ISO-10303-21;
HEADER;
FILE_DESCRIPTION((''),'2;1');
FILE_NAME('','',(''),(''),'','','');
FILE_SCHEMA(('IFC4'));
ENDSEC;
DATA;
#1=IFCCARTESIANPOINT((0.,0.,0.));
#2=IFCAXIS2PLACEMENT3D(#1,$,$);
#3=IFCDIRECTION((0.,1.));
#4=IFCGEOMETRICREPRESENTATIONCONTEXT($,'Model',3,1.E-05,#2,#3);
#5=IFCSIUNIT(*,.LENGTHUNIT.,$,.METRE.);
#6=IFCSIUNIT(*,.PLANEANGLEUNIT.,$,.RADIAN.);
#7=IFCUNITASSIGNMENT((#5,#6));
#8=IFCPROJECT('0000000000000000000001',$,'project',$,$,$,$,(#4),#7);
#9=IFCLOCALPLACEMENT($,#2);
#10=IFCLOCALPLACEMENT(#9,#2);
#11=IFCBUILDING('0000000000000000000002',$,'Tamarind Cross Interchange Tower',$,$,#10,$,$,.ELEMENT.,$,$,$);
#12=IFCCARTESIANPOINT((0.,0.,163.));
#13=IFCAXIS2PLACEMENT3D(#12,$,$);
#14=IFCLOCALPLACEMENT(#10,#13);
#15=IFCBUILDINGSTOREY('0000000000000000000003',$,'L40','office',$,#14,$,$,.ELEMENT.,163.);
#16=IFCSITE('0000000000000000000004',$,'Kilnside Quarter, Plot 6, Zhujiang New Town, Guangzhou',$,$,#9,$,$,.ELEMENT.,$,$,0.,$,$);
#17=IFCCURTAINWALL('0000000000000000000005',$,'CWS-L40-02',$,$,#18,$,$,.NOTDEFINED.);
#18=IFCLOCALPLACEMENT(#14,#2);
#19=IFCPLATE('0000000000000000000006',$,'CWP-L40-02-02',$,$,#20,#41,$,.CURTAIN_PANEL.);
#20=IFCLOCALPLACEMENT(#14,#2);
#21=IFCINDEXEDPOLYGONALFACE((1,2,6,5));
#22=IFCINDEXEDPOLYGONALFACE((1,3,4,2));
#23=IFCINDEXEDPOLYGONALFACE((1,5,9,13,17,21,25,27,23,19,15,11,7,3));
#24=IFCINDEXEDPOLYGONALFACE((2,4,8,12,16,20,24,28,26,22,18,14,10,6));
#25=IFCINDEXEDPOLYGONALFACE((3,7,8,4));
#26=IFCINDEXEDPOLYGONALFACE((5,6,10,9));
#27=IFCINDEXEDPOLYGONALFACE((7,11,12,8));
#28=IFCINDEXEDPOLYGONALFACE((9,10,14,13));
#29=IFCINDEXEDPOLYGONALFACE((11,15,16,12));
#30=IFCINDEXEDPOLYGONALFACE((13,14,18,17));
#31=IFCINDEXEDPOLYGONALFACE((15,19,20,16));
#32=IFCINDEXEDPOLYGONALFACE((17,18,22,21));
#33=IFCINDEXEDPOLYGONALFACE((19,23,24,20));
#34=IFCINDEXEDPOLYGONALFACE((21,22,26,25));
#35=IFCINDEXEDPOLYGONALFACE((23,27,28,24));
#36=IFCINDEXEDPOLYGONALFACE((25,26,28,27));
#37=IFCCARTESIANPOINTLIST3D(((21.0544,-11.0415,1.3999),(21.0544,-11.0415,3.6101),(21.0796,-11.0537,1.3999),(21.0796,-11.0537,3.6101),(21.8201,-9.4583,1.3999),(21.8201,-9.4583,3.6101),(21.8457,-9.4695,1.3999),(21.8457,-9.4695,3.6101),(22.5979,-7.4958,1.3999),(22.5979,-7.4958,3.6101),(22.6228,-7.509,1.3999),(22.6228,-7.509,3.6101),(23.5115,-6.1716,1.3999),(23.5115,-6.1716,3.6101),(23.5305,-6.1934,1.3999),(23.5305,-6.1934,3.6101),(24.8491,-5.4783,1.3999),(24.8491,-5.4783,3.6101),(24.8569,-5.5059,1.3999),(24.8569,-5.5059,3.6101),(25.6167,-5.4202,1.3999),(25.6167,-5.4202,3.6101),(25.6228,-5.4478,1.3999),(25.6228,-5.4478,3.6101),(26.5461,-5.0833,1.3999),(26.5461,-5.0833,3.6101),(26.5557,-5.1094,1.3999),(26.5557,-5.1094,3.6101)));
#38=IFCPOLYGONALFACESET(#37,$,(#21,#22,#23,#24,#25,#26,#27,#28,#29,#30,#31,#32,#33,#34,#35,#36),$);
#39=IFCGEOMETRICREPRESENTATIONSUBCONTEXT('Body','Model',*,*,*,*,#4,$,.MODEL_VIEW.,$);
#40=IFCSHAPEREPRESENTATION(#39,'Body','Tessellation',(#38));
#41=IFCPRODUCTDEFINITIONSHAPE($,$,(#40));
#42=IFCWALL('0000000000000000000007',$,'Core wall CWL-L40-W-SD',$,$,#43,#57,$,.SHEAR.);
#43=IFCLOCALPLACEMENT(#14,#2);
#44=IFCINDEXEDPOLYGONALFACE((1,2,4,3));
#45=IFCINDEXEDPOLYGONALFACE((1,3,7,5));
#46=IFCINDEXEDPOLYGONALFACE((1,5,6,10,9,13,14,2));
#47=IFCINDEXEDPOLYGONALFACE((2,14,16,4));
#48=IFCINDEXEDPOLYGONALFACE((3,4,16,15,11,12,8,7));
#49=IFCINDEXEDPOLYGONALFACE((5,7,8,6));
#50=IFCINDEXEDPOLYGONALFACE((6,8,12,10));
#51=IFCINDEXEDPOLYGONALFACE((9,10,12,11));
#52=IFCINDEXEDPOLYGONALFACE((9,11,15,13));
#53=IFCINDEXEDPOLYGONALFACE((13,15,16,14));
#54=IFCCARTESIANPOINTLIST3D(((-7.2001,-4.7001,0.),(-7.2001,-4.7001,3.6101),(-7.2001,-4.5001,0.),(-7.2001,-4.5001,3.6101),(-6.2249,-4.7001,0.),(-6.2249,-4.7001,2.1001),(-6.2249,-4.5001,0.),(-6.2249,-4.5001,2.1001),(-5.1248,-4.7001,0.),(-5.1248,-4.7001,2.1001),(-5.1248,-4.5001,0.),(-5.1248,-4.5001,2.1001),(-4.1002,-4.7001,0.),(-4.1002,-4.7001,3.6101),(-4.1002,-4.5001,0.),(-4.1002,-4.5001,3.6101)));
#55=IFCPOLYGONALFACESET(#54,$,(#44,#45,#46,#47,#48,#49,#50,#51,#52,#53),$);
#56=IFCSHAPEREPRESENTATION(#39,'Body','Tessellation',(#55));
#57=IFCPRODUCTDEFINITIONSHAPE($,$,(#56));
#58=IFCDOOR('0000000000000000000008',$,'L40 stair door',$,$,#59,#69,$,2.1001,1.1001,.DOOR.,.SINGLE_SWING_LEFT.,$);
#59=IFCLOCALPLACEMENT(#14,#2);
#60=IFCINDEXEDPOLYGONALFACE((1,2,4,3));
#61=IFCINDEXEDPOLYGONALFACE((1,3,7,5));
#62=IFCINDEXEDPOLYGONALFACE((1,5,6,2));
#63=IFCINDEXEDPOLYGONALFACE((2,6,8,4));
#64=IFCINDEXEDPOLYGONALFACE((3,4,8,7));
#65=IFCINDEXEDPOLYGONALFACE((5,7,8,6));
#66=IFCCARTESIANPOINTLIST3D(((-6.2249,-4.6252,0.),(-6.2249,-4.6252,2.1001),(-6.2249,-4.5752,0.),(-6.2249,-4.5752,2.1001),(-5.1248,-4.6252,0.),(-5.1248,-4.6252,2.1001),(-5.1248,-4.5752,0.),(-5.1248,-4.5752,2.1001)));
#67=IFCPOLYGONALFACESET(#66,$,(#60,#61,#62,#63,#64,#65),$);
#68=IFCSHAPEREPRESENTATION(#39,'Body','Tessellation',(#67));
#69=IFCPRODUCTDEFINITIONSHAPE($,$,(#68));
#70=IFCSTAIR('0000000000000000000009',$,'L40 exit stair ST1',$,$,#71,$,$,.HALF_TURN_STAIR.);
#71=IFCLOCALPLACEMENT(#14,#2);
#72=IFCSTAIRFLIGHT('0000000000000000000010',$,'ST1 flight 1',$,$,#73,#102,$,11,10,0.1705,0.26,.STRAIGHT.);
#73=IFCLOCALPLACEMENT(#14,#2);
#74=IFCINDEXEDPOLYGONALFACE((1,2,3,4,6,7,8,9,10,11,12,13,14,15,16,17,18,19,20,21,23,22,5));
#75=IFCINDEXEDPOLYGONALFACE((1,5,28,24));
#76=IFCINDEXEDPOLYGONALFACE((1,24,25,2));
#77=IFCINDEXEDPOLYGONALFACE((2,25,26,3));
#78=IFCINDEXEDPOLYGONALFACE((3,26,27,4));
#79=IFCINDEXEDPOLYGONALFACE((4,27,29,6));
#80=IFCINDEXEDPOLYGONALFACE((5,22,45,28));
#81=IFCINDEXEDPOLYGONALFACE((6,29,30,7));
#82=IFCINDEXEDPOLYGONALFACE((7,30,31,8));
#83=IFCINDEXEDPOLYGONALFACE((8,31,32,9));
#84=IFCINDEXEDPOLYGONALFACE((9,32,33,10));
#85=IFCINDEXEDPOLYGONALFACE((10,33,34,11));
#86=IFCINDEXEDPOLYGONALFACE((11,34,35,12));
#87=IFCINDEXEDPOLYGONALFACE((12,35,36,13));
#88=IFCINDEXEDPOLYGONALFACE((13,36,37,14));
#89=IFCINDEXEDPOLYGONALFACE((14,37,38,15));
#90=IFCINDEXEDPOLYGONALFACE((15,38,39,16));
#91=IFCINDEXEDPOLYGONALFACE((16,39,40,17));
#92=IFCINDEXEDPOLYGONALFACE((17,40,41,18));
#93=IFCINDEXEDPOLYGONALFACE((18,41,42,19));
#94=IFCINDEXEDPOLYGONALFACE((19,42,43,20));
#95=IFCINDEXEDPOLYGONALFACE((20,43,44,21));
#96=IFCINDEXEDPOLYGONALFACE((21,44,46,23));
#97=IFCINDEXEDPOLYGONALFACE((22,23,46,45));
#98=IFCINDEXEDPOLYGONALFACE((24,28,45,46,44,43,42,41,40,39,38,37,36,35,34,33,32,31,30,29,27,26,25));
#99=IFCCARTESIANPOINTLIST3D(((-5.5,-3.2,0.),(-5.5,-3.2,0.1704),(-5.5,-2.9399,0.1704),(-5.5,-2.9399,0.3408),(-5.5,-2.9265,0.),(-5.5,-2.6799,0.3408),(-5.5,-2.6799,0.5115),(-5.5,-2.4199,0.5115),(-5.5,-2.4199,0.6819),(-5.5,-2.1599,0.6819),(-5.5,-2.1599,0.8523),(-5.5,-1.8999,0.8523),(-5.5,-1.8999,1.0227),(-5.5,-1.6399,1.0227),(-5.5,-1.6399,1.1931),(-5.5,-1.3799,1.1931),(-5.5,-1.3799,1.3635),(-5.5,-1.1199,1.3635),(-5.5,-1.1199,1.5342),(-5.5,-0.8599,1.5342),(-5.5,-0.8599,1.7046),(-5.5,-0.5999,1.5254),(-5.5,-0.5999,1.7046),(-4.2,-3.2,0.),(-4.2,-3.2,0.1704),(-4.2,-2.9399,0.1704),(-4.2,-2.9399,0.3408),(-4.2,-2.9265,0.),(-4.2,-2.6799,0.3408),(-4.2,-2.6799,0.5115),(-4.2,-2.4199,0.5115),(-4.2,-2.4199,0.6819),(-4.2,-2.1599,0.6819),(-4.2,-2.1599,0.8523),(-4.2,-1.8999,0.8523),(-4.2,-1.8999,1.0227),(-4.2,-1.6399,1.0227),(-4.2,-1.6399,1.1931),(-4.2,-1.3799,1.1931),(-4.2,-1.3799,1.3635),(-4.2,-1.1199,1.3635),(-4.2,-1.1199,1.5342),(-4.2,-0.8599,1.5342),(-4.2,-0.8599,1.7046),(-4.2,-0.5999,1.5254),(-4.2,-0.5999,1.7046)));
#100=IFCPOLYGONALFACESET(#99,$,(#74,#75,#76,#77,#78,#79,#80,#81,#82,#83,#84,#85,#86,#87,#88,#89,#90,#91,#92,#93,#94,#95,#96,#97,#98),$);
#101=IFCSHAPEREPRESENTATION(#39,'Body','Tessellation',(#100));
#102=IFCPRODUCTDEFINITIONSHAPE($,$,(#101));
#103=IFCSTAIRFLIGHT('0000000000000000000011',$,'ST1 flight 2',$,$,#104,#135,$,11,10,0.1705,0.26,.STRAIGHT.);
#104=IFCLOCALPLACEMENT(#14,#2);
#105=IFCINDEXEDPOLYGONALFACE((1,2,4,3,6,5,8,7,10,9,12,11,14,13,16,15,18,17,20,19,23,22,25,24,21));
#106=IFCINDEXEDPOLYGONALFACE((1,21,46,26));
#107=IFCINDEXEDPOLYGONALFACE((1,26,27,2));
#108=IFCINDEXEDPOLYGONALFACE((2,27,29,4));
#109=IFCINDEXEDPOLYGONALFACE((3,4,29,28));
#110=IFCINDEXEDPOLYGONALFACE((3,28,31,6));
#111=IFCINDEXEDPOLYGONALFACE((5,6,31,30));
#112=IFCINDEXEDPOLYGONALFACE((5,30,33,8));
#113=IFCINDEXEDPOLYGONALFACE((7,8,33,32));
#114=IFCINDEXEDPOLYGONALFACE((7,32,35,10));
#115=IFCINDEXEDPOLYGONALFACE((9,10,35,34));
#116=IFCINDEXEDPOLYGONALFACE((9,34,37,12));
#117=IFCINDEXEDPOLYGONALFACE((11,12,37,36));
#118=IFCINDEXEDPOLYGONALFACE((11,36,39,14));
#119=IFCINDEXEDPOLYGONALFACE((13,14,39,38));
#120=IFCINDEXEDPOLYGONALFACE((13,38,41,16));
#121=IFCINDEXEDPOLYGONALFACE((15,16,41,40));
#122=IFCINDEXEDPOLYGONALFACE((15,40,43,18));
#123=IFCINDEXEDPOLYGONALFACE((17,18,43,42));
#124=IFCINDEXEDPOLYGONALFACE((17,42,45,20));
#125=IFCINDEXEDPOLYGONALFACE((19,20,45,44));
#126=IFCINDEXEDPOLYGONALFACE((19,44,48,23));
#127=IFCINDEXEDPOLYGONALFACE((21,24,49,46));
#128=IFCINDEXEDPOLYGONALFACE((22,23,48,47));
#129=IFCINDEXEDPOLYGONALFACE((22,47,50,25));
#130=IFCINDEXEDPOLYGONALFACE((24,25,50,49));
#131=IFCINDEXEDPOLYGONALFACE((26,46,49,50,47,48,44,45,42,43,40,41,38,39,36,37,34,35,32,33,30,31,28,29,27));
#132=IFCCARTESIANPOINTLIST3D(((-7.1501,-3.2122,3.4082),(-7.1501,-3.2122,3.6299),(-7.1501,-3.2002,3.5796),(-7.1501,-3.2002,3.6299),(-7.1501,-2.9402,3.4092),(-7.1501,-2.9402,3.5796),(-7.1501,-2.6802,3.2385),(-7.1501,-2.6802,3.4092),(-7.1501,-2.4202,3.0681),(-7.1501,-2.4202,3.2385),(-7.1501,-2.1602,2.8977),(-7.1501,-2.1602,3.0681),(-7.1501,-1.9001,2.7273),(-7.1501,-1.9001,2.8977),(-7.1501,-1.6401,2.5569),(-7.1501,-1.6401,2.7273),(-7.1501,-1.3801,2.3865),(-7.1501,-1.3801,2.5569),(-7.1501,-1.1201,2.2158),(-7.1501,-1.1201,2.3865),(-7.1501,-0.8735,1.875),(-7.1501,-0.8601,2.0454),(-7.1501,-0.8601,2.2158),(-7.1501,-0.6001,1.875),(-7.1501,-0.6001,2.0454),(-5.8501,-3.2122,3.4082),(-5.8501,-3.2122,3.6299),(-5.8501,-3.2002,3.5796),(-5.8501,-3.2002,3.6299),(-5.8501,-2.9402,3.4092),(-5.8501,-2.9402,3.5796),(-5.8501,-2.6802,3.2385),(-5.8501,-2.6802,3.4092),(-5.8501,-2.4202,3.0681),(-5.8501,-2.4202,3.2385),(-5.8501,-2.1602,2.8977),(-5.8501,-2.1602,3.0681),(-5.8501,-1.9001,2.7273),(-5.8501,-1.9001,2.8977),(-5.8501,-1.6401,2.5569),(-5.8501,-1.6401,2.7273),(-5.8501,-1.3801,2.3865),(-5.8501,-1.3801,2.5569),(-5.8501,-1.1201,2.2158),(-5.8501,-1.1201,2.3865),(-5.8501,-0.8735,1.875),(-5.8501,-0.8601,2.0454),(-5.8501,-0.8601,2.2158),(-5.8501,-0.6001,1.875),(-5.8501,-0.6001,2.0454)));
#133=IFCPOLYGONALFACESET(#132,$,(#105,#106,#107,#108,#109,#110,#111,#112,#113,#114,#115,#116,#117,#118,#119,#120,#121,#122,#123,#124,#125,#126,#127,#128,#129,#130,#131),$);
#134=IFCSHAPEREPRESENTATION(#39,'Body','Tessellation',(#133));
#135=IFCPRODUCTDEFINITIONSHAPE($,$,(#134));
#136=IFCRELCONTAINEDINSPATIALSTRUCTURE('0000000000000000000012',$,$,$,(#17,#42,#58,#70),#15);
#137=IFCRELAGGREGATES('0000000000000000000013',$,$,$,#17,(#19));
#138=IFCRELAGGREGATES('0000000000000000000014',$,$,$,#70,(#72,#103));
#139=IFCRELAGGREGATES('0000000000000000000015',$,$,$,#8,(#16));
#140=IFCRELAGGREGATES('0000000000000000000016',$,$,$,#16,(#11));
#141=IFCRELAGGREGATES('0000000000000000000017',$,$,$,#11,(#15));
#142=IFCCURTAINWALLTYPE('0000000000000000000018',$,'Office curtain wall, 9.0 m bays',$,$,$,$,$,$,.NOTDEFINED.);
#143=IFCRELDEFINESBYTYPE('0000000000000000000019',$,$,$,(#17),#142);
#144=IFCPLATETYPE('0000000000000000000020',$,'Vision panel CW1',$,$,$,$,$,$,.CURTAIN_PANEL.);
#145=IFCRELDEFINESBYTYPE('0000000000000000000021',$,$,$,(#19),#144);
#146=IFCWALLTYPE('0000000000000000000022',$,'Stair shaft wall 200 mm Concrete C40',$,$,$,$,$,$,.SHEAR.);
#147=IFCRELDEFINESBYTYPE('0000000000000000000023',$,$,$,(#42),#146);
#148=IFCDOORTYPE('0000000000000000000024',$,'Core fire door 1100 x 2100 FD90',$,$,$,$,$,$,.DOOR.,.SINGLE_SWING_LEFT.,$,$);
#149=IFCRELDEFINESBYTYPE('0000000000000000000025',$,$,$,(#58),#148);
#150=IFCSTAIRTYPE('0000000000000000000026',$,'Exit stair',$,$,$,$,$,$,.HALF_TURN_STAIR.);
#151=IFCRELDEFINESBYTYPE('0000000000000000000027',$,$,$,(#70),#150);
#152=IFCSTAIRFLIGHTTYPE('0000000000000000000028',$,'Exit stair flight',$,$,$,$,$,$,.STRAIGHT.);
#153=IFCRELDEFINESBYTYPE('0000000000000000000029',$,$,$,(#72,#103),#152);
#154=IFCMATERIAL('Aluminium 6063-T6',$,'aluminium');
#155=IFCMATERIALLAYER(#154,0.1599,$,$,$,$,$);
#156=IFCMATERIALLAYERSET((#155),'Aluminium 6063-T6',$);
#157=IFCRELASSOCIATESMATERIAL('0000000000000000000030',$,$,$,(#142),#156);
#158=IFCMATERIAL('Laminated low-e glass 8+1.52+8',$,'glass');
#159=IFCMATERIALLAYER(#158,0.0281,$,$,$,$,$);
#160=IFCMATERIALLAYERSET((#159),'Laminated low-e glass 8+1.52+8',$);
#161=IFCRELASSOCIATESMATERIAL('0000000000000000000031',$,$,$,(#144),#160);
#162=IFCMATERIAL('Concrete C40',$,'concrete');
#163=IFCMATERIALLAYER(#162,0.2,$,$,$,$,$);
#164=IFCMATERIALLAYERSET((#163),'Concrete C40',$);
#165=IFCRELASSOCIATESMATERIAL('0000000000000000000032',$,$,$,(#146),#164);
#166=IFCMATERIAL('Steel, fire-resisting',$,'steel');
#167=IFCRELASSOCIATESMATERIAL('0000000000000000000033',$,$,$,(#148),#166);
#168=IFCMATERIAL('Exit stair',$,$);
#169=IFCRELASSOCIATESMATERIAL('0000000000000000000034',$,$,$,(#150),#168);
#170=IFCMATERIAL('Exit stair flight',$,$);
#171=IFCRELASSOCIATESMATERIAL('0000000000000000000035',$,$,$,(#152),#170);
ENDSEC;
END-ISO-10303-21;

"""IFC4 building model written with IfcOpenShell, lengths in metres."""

from ifc_helpers import new_model, si_unit, direction, frame, frame_2d, origin, place, context, subcontext, project, spatial, polyline, rectangle, outline, extrude, material, layer, layer_set, type_object, element, fill, aggregate, save


model = new_model("IFC4")

# Units and contexts
model_context = context("Model", 3, precision=1e-05, world=origin(), true_north=direction((0.0, 1.0)))
body_context = subcontext(model_context, "Body", "Model", "MODEL_VIEW")
ifc_project = project(units=[si_unit("LENGTHUNIT", "METRE"), si_unit("PLANEANGLEUNIT", "RADIAN")], contexts=[model_context])

# Site, building, storey
site_placement = place(None, origin())
site = spatial("IfcSite", under=ifc_project, at=site_placement, Name="Kilnside Quarter, Plot 6, Zhujiang New Town, Guangzhou", CompositionType="ELEMENT", RefElevation=0.0)
building_placement = place(site_placement, origin())
building = spatial("IfcBuilding", under=site, at=building_placement, Name="Tamarind Cross Interchange Tower", CompositionType="ELEMENT")
storey_placement = place(building_placement, frame((0.0, 0.0, 163.0)))
storey = spatial("IfcBuildingStorey", under=building, at=storey_placement, Name="L40", Description="office", CompositionType="ELEMENT", Elevation=163.0)

# Curtain wall
ifc_material_1 = material(Name="Aluminium 6063-T6", Category="aluminium")
ifc_layer_1 = layer(ifc_material_1, 0.1599)
ifc_layer_set_1 = layer_set([ifc_layer_1], Name="Aluminium 6063-T6")
curtain_wall_type = type_object("IfcCurtainWallType", Name="Office curtain wall, 9.0 m bays", PredefinedType="NOTDEFINED", material=ifc_layer_set_1)
curtain_wall_1_placement = place(storey_placement, origin())
curtain_wall_1 = element("IfcCurtainWall", 1, at=curtain_wall_1_placement, inside=storey, type_object=curtain_wall_type, Name="CWS-L40-02", PredefinedType="NOTDEFINED")

# Plate
ifc_material_2 = material(Name="Laminated low-e glass 8+1.52+8", Category="glass")
ifc_layer_2 = layer(ifc_material_2, 0.0281)
ifc_layer_set_2 = layer_set([ifc_layer_2], Name="Laminated low-e glass 8+1.52+8")
plate_type = type_object("IfcPlateType", Name="Vision panel CW1", PredefinedType="CURTAIN_PANEL", material=ifc_layer_set_2)
plate_1_placement = place(storey_placement, frame((0.0, 0.0, 1.3999)))
plate_1 = element("IfcPlate", 2, at=plate_1_placement, type_object=plate_type, Name="CWP-L40-02-02", PredefinedType="CURTAIN_PANEL", context=body_context, shape_type="SweptSolid", body=[
    extrude(outline(polyline([(21.0544, -11.0415), (21.8201, -9.4583), (22.5979, -7.4958), (23.5115, -6.1716), (24.8491, -5.4783), (25.6167, -5.4202), (26.5461, -5.0833), (26.5557, -5.1094), (25.6228, -5.4478), (24.8569, -5.5059), (23.5305, -6.1934), (22.6228, -7.509), (21.8457, -9.4695), (21.0796, -11.0537), (21.0544, -11.0415)])), origin(), (0.0, 0.0, 1.0), 2.2102),
])
aggregate(curtain_wall_1, [plate_1])

# Wall, opening, door
ifc_material_3 = material(Name="Concrete C40", Category="concrete")
ifc_layer_3 = layer(ifc_material_3, 0.2)
ifc_layer_set_3 = layer_set([ifc_layer_3], Name="Concrete C40")
wall_type = type_object("IfcWallType", Name="Stair shaft wall 200 mm Concrete C40", PredefinedType="SHEAR", material=ifc_layer_set_3)
wall_placement = place(storey_placement, frame((-7.2, -4.6001, 0.0), z_axis=(0.0, 0.0, 1.0), x_axis=(1.0, 0.0, 0.0)))
wall = element("IfcWall", 3, at=wall_placement, inside=storey, type_object=wall_type, Name="Core wall CWL-L40-W-SD", PredefinedType="SHEAR", context=body_context, shape_type="SweptSolid", body=[
    extrude(rectangle(XDim=3.0999, YDim=0.2, at=frame_2d((1.5498, 0.0))), origin(), (0.0, 0.0, 1.0), 3.6101),
])
opening_placement = place(wall_placement, frame((0.9751, 0.0, 0.0)))
opening = element("IfcOpeningElement", 4, at=opening_placement, cuts=wall, PredefinedType="OPENING", context=body_context, shape_type="SweptSolid", body=[
    extrude(rectangle(XDim=1.1001, YDim=2.1001, at=frame_2d((0.55, 1.05))), frame((0.0, 0.1099, 0.0), z_axis=(0.0, -1.0, 0.0), x_axis=(1.0, 0.0, 0.0)), (0.0, 0.0, 1.0), 0.22),
])
ifc_material_4 = material(Name="Steel, fire-resisting", Category="steel")
door_type = type_object("IfcDoorType", Name="Core fire door 1100 x 2100 FD90", OperationType="SINGLE_SWING_LEFT", PredefinedType="DOOR", material=ifc_material_4)
door_placement = place(opening_placement, origin())
door = element("IfcDoor", 5, at=door_placement, inside=storey, type_object=door_type, Name="L40 stair door", OperationType="SINGLE_SWING_LEFT", OverallHeight=2.1001, OverallWidth=1.1001, PredefinedType="DOOR", context=body_context, shape_type="SweptSolid", body=[
    extrude(rectangle(XDim=1.1001, YDim=2.1001, at=frame_2d((0.55, 1.05))), frame((0.0, 0.0249, 0.0), z_axis=(0.0, -1.0, 0.0), x_axis=(1.0, 0.0, 0.0)), (0.0, 0.0, 1.0), 0.05),
])
fill(opening, door)

# Stair, stair flights
ifc_material_5 = material(Name="Exit stair")
stair_type = type_object("IfcStairType", Name="Exit stair", PredefinedType="HALF_TURN_STAIR", material=ifc_material_5)
stair_placement = place(storey_placement, origin())
stair = element("IfcStair", 6, at=stair_placement, inside=storey, type_object=stair_type, Name="L40 exit stair ST1", PredefinedType="HALF_TURN_STAIR")
ifc_material_6 = material(Name="Exit stair flight")
stair_flight_type = type_object("IfcStairFlightType", Name="Exit stair flight", PredefinedType="STRAIGHT", material=ifc_material_6)
stair_flight_1_placement = place(storey_placement, frame((-4.8501, -3.2, 0.0), z_axis=(0.0, 0.0, 1.0), x_axis=(0.0, 1.0, 0.0)))
stair_flight_1 = element("IfcStairFlight", 7, at=stair_flight_1_placement, type_object=stair_flight_type, Name="ST1 flight 1", NumberOfRisers=11, NumberOfTreads=10, PredefinedType="STRAIGHT", RiserHeight=0.1705, TreadLength=0.26, context=body_context, shape_type="SweptSolid", body=[
    extrude(outline(polyline([(0.0, 0.0), (0.0, 0.1704), (0.26, 0.1704), (0.26, 0.3408), (0.52, 0.3408), (0.52, 0.5115), (0.78, 0.5115), (0.78, 0.6819), (1.04, 0.6819), (1.04, 0.8523), (1.3, 0.8523), (1.3, 1.0227), (1.5601, 1.0227), (1.5601, 1.1931), (1.8201, 1.1931), (1.8201, 1.3635), (2.0801, 1.3635), (2.0801, 1.5342), (2.3401, 1.5342), (2.3401, 1.7046), (2.6001, 1.7046), (2.6001, 1.875), (2.6001, 1.5254), (0.2734, 0.0), (0.0, 0.0)])), frame((0.0, 0.6499, 0.0), z_axis=(0.0, -1.0, 0.0), x_axis=(1.0, 0.0, 0.0)), (0.0, 0.0, 1.0), 1.3),
])
stair_flight_2_placement = place(storey_placement, frame((-6.5, -0.6001, 1.875), z_axis=(0.0, 0.0, 1.0), x_axis=(0.0, -1.0, 0.0)))
stair_flight_2 = element("IfcStairFlight", 8, at=stair_flight_2_placement, type_object=stair_flight_type, Name="ST1 flight 2", NumberOfRisers=11, NumberOfTreads=10, PredefinedType="STRAIGHT", RiserHeight=0.1705, TreadLength=0.26, context=body_context, shape_type="SweptSolid", body=[
    extrude(outline(polyline([(0.0, 0.0), (0.0, 0.1704), (0.26, 0.1704), (0.26, 0.3408), (0.52, 0.3408), (0.52, 0.5115), (0.78, 0.5115), (0.78, 0.6819), (1.04, 0.6819), (1.04, 0.8523), (1.3, 0.8523), (1.3, 1.0227), (1.5601, 1.0227), (1.5601, 1.1931), (1.8201, 1.1931), (1.8201, 1.3635), (2.0801, 1.3635), (2.0801, 1.5342), (2.3401, 1.5342), (2.3401, 1.7046), (2.6001, 1.7046), (2.6001, 1.7549), (2.6121, 1.7549), (2.6121, 1.5332), (0.2734, 0.0), (0.0, 0.0)])), frame((0.0, 0.6499, 0.0), z_axis=(0.0, -1.0, 0.0), x_axis=(1.0, 0.0, 0.0)), (0.0, 0.0, 1.0), 1.3),
])
aggregate(stair, [stair_flight_1, stair_flight_2])

save(model, "model.ifc")
